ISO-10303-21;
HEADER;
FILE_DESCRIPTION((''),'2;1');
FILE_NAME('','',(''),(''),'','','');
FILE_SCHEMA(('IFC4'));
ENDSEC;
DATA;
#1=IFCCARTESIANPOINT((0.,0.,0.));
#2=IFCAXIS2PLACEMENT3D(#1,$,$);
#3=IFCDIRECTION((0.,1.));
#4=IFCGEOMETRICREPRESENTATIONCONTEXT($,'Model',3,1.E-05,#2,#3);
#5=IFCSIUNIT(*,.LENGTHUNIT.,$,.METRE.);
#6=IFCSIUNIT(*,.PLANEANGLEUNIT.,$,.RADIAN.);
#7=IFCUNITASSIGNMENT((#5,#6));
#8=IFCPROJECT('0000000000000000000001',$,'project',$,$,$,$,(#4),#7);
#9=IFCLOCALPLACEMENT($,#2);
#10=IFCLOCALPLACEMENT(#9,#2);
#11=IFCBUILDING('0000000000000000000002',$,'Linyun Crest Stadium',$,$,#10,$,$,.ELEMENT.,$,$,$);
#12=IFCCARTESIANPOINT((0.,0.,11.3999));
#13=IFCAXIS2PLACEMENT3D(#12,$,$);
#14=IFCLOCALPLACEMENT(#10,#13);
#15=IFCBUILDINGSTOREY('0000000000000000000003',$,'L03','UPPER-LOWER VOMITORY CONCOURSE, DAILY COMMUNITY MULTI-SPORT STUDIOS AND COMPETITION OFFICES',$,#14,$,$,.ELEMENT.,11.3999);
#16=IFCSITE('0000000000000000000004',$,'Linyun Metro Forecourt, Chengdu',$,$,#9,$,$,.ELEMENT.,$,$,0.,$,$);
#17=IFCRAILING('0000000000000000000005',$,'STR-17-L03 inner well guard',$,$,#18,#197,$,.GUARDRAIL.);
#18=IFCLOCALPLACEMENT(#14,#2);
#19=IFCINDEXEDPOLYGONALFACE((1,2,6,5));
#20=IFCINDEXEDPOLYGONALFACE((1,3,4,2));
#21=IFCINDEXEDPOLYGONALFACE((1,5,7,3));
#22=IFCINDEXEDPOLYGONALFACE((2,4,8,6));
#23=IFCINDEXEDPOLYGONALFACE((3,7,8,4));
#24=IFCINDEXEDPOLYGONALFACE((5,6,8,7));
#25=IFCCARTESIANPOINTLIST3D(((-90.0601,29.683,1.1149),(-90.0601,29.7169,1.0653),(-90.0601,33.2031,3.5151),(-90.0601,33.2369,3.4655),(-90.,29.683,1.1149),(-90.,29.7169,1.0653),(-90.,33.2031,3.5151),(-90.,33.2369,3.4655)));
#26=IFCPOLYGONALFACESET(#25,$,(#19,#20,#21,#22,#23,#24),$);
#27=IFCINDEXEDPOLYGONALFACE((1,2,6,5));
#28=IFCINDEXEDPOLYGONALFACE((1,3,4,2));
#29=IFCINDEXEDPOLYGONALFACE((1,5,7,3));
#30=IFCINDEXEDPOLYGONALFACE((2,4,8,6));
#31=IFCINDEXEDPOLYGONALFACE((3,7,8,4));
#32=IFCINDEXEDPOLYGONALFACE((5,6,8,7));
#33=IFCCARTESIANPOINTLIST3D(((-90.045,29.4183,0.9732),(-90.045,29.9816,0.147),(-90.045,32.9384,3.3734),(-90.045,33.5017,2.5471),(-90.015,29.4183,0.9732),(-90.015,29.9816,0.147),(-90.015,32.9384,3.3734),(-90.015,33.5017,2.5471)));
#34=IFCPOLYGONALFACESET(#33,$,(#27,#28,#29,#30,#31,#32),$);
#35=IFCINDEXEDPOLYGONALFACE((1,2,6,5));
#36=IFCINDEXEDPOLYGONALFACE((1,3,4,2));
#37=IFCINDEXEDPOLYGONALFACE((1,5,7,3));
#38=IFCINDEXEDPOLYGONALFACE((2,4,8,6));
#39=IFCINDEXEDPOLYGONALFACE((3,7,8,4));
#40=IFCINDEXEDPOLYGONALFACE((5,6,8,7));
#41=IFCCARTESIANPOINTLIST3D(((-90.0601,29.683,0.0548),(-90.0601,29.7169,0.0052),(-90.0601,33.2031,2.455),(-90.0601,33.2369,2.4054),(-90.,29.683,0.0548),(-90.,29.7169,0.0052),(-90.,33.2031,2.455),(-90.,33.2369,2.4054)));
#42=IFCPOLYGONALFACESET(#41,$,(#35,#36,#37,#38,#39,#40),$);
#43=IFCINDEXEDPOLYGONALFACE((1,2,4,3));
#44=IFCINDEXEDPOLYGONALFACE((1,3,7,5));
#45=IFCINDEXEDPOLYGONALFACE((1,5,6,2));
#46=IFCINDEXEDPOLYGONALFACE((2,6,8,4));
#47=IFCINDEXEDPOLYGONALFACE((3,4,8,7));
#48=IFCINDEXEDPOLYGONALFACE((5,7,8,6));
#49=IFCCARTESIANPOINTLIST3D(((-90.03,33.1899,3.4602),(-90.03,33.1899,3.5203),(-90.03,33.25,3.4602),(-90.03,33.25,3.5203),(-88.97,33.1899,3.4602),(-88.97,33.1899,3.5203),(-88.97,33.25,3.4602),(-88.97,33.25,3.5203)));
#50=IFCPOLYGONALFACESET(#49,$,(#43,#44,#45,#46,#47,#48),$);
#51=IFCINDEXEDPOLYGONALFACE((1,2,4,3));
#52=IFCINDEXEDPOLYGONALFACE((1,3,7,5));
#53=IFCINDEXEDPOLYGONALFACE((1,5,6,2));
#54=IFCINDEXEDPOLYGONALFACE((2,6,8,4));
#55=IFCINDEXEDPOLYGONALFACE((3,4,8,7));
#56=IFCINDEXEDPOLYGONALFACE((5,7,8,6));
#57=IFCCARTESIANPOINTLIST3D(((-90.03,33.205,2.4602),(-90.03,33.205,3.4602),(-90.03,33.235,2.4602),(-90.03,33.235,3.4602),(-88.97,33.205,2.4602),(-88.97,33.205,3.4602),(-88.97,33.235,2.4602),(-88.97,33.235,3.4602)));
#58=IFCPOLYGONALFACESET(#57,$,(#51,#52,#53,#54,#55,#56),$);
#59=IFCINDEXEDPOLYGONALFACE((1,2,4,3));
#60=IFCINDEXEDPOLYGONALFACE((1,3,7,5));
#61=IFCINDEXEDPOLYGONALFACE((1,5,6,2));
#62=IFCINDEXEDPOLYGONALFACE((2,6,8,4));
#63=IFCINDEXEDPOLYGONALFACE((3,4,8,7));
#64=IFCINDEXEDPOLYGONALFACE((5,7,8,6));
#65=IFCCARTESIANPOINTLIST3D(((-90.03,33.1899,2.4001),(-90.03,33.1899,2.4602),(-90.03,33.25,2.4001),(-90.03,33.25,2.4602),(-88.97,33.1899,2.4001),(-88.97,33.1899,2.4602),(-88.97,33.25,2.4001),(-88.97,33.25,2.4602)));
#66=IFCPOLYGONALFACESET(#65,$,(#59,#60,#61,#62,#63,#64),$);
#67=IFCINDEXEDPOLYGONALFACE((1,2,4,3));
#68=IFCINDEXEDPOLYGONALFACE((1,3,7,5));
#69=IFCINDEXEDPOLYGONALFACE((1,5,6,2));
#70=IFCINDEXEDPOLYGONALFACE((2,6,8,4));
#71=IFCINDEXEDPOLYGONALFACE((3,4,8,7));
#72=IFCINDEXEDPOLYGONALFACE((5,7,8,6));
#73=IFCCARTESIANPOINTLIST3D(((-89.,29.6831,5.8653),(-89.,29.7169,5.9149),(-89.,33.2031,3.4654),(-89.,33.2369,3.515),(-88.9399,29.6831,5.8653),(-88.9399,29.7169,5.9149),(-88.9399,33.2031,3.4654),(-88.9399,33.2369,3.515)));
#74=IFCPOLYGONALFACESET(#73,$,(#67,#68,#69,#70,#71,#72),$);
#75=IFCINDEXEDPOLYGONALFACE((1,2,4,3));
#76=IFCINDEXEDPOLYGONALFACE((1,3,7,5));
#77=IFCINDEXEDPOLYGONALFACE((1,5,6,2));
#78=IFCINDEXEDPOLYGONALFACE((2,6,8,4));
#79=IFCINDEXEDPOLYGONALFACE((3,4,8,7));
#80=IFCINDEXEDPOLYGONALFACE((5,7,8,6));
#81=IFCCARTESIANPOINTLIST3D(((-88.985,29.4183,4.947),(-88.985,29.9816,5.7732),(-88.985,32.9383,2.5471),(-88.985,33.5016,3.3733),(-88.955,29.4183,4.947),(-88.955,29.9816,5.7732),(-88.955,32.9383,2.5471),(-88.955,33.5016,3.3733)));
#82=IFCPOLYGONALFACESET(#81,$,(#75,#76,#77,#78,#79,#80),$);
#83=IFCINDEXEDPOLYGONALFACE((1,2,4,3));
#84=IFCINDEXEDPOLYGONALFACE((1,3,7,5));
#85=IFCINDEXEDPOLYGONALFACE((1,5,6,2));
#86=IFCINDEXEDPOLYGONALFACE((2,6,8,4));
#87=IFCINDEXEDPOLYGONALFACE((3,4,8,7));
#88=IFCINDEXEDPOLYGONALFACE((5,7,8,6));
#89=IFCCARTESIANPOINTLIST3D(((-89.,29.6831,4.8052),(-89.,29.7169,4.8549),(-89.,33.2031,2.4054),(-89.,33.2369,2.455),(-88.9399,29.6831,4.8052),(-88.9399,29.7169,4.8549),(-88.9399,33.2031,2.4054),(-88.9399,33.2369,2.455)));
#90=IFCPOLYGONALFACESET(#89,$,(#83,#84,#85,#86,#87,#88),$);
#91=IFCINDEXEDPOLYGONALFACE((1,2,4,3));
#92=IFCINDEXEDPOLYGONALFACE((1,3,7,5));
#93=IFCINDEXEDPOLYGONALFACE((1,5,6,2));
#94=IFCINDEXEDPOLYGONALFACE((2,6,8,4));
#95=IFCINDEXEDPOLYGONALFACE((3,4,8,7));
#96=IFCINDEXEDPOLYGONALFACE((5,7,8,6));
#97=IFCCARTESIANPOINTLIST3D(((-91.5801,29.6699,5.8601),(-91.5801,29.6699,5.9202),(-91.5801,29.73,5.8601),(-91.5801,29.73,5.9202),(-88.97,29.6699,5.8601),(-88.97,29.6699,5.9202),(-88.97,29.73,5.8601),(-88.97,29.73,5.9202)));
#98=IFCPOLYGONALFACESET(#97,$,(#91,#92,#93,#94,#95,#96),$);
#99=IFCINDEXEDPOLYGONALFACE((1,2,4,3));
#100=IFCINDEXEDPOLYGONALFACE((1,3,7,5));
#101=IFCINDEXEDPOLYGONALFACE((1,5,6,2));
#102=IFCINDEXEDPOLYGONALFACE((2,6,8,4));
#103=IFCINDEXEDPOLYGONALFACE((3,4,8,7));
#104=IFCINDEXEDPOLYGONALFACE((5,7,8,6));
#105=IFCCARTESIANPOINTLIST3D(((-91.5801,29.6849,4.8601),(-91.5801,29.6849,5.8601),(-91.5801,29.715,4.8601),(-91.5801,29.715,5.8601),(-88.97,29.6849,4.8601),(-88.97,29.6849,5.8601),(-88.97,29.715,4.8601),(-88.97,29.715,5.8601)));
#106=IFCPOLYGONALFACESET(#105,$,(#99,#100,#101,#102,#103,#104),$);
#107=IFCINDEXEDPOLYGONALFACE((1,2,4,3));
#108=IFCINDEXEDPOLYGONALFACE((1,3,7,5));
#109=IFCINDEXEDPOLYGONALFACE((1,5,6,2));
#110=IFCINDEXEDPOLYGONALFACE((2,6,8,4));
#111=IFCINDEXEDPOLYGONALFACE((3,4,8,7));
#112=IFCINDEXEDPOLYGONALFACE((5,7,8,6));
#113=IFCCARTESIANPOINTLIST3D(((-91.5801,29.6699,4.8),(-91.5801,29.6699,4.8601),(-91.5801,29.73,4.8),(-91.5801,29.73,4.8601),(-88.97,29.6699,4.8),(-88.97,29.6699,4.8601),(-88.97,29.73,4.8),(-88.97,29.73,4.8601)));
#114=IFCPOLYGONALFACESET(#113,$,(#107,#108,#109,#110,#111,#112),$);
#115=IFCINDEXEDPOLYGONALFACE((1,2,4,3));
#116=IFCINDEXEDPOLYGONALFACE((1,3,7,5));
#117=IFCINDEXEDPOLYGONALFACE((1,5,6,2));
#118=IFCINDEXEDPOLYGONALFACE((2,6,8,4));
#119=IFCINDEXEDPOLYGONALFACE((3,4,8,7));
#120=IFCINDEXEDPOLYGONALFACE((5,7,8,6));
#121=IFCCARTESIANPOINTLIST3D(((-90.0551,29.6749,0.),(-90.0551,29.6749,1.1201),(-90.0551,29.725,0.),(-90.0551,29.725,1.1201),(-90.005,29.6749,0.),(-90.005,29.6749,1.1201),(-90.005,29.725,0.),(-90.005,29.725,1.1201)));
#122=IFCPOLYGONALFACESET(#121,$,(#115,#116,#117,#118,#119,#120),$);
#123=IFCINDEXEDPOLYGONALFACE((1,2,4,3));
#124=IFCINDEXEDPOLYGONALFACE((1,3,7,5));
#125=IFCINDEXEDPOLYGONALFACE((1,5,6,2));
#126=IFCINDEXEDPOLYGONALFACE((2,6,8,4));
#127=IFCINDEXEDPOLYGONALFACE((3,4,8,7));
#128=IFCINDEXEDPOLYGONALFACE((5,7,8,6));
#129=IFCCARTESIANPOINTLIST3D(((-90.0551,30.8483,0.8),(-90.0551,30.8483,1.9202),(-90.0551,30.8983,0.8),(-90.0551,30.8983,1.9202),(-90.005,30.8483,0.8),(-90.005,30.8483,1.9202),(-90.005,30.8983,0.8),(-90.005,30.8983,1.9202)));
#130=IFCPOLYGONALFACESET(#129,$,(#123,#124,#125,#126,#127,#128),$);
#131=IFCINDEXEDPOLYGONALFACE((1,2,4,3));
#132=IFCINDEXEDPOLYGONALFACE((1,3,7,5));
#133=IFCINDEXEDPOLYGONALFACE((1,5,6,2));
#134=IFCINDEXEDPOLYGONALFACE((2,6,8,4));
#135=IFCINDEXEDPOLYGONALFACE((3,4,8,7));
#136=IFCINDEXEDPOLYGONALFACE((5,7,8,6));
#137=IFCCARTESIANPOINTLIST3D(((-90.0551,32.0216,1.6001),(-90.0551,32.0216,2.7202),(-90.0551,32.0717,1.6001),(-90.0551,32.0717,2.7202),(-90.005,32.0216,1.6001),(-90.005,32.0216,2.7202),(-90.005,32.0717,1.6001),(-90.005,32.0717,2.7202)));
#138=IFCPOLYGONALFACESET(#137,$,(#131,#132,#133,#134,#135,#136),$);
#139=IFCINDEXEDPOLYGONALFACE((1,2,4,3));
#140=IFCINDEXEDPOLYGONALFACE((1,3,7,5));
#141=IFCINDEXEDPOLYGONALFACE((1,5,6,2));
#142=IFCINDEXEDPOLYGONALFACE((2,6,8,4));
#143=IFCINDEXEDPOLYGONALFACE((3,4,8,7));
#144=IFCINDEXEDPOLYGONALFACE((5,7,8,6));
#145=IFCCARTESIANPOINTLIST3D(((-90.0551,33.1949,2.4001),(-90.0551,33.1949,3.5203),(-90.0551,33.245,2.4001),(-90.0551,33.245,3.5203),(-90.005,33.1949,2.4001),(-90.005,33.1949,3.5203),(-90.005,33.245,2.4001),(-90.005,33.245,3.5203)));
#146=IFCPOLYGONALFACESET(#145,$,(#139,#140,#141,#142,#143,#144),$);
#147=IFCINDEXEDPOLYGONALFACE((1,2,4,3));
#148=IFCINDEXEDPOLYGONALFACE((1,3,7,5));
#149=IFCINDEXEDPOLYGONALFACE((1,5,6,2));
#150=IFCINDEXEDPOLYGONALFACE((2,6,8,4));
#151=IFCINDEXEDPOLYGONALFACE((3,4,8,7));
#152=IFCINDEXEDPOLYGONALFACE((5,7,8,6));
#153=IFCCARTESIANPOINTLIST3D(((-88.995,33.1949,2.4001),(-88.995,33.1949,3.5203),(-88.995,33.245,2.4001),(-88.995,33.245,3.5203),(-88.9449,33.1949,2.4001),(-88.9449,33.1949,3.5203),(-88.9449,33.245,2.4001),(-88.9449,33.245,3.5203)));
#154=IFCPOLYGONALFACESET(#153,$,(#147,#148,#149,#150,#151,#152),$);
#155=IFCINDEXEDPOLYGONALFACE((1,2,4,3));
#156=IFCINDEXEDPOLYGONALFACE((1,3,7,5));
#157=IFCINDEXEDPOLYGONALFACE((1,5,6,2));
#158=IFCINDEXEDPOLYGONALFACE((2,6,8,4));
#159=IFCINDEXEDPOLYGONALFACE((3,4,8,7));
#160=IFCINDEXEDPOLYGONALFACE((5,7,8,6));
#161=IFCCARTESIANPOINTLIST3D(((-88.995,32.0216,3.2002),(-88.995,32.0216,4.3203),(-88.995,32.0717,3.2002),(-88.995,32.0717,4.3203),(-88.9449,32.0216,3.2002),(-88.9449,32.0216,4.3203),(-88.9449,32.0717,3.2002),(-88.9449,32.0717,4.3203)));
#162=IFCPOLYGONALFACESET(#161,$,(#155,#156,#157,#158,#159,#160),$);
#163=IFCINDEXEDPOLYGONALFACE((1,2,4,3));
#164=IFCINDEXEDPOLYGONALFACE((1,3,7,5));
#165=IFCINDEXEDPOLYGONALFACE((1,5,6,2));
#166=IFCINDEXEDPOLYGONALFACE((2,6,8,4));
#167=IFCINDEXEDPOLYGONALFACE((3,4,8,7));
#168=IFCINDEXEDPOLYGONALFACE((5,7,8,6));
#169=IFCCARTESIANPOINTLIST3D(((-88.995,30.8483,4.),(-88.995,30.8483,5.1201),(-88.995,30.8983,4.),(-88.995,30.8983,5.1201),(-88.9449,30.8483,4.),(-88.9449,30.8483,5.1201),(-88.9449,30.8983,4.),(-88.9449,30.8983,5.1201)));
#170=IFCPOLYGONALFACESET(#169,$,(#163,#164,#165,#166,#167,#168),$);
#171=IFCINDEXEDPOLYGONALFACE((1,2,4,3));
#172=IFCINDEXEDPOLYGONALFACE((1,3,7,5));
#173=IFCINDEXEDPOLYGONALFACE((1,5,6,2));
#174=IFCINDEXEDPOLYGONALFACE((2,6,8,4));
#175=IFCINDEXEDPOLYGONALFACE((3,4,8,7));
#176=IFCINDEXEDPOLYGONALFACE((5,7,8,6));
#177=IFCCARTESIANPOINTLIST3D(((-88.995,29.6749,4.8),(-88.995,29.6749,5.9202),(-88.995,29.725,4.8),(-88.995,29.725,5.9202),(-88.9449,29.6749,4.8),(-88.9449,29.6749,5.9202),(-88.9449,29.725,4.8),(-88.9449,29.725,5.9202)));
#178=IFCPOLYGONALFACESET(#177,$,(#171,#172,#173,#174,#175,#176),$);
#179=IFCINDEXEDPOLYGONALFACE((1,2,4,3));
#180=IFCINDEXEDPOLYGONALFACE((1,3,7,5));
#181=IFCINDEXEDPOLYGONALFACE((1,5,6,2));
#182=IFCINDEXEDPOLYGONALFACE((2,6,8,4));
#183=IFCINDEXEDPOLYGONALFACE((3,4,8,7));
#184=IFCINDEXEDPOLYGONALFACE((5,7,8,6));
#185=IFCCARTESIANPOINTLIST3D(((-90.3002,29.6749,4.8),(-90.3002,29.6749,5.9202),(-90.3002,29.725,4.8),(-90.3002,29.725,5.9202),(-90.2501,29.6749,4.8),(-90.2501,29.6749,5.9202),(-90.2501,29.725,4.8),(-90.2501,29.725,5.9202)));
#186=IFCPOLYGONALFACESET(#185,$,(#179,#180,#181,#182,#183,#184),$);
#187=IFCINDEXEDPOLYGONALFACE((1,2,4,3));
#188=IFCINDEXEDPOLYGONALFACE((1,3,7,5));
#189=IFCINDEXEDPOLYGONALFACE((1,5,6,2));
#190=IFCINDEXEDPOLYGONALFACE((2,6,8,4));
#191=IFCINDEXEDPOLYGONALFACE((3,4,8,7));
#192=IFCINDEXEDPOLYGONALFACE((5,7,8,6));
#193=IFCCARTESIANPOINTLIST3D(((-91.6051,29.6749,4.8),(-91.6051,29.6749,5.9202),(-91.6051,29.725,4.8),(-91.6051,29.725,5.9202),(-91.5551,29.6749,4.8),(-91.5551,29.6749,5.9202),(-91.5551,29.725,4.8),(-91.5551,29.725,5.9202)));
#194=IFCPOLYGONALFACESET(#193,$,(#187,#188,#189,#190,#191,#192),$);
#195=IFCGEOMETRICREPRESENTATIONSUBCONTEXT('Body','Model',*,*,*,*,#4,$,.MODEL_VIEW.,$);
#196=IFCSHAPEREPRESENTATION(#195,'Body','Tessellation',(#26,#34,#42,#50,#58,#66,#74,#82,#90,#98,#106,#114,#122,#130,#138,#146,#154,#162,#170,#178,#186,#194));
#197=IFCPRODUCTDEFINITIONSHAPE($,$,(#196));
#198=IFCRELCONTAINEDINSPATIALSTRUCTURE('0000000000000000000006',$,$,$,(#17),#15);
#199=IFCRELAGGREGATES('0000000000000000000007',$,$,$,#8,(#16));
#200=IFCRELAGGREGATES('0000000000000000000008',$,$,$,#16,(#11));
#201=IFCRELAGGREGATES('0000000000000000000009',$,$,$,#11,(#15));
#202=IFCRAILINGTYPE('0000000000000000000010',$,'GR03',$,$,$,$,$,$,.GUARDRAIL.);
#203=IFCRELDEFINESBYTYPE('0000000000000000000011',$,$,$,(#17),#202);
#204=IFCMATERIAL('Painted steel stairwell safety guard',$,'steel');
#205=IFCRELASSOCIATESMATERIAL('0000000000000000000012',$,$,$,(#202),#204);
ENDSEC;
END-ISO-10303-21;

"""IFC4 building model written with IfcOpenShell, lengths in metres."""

from ifc_helpers import new_model, si_unit, direction, frame, origin, origin_2d, place, context, subcontext, project, spatial, rectangle, extrude, material, type_object, element, save


model = new_model("IFC4")

# Units and contexts
model_context = context("Model", 3, precision=1e-05, world=origin(), true_north=direction((0.0, 1.0)))
body_context = subcontext(model_context, "Body", "Model", "MODEL_VIEW")
ifc_project = project(units=[si_unit("LENGTHUNIT", "METRE"), si_unit("PLANEANGLEUNIT", "RADIAN")], contexts=[model_context])

# Site, building, storey
site_placement = place(None, origin())
site = spatial("IfcSite", under=ifc_project, at=site_placement, Name="Linyun Metro Forecourt, Chengdu", CompositionType="ELEMENT", RefElevation=0.0)
building_placement = place(site_placement, origin())
building = spatial("IfcBuilding", under=site, at=building_placement, Name="Linyun Crest Stadium", CompositionType="ELEMENT")
storey_placement = place(building_placement, frame((0.0, 0.0, 11.3999)))
storey = spatial("IfcBuildingStorey", under=building, at=storey_placement, Name="L03", Description="UPPER-LOWER VOMITORY CONCOURSE, DAILY COMMUNITY MULTI-SPORT STUDIOS AND COMPETITION OFFICES", CompositionType="ELEMENT", Elevation=11.3999)

# Railing
ifc_material_1 = material(Name="Painted steel stairwell safety guard", Category="steel")
railing_type_1 = type_object("IfcRailingType", Name="GR03", PredefinedType="GUARDRAIL", material=ifc_material_1)
railing_1_placement = place(storey_placement, frame((-90.03, 29.7, 0.0)))
element("IfcRailing", 1, at=railing_1_placement, inside=storey, type_object=railing_type_1, Name="STR-17-L03 inner well guard", PredefinedType="GUARDRAIL", context=body_context, shape_type="SweptSolid", body=[
    extrude(rectangle(XDim=0.0601, YDim=0.0601, at=origin_2d()), frame((0.0, 0.0, 1.0901), z_axis=(0.0, 0.826213, 0.563358), x_axis=(-1.0, 0.0, 0.0)), (0.0, 0.0, 1.0), 4.2605),
    extrude(rectangle(XDim=0.03, YDim=1.0, at=origin_2d()), frame((0.0, 0.0, 0.5601), z_axis=(0.0, 0.826213, 0.563358), x_axis=(-1.0, 0.0, 0.0)), (0.0, 0.0, 1.0), 4.2605),
    extrude(rectangle(XDim=0.0601, YDim=0.0601, at=origin_2d()), frame((0.0, 0.0, 0.03), z_axis=(0.0, 0.826213, 0.563358), x_axis=(-1.0, 0.0, 0.0)), (0.0, 0.0, 1.0), 4.2605),
    extrude(rectangle(XDim=0.0601, YDim=0.0601, at=origin_2d()), frame((0.0, 3.52, 3.4902), z_axis=(1.0, 0.0, 0.0), x_axis=(0.0, 1.0, 0.0)), (0.0, 0.0, 1.0), 1.0601),
    extrude(rectangle(XDim=0.03, YDim=1.0, at=origin_2d()), frame((0.0, 3.52, 2.9602), z_axis=(1.0, 0.0, 0.0), x_axis=(0.0, 1.0, 0.0)), (0.0, 0.0, 1.0), 1.0601),
    extrude(rectangle(XDim=0.0601, YDim=0.0601, at=origin_2d()), frame((0.0, 3.52, 2.4302), z_axis=(1.0, 0.0, 0.0), x_axis=(0.0, 1.0, 0.0)), (0.0, 0.0, 1.0), 1.0601),
    extrude(rectangle(XDim=0.0601, YDim=0.0601, at=origin_2d()), frame((1.0601, 3.52, 3.4902), z_axis=(0.0, -0.826239, 0.563319), x_axis=(1.0, 0.0, 0.0)), (0.0, 0.0, 1.0), 4.2603),
    extrude(rectangle(XDim=0.03, YDim=1.0, at=origin_2d()), frame((1.0601, 3.52, 2.9602), z_axis=(0.0, -0.826239, 0.563319), x_axis=(1.0, 0.0, 0.0)), (0.0, 0.0, 1.0), 4.2603),
    extrude(rectangle(XDim=0.0601, YDim=0.0601, at=origin_2d()), frame((1.0601, 3.52, 2.4302), z_axis=(0.0, -0.826239, 0.563319), x_axis=(1.0, 0.0, 0.0)), (0.0, 0.0, 1.0), 4.2603),
    extrude(rectangle(XDim=0.0601, YDim=0.0601, at=origin_2d()), frame((1.0601, 0.0, 5.8901), z_axis=(-1.0, 0.0, 0.0), x_axis=(0.0, -1.0, 0.0)), (0.0, 0.0, 1.0), 2.6101),
    extrude(rectangle(XDim=0.03, YDim=1.0, at=origin_2d()), frame((1.0601, 0.0, 5.3601), z_axis=(-1.0, 0.0, 0.0), x_axis=(0.0, -1.0, 0.0)), (0.0, 0.0, 1.0), 2.6101),
    extrude(rectangle(XDim=0.0601, YDim=0.0601, at=origin_2d()), frame((1.0601, 0.0, 4.8301), z_axis=(-1.0, 0.0, 0.0), x_axis=(0.0, -1.0, 0.0)), (0.0, 0.0, 1.0), 2.6101),
    extrude(rectangle(XDim=0.05, YDim=0.05, at=origin_2d()), origin(), (0.0, 0.0, 1.0), 1.1201),
    extrude(rectangle(XDim=0.05, YDim=0.05, at=origin_2d()), frame((0.0, 1.1733, 0.8)), (0.0, 0.0, 1.0), 1.1201),
    extrude(rectangle(XDim=0.05, YDim=0.05, at=origin_2d()), frame((0.0, 2.3467, 1.6001)), (0.0, 0.0, 1.0), 1.1201),
    extrude(rectangle(XDim=0.05, YDim=0.05, at=origin_2d()), frame((0.0, 3.52, 2.4001)), (0.0, 0.0, 1.0), 1.1201),
    extrude(rectangle(XDim=0.05, YDim=0.05, at=origin_2d()), frame((1.0601, 3.52, 2.4001)), (0.0, 0.0, 1.0), 1.1201),
    extrude(rectangle(XDim=0.05, YDim=0.05, at=origin_2d()), frame((1.0601, 2.3467, 3.2002)), (0.0, 0.0, 1.0), 1.1201),
    extrude(rectangle(XDim=0.05, YDim=0.05, at=origin_2d()), frame((1.0601, 1.1733, 4.0)), (0.0, 0.0, 1.0), 1.1201),
    extrude(rectangle(XDim=0.05, YDim=0.05, at=origin_2d()), frame((1.0601, 0.0, 4.8)), (0.0, 0.0, 1.0), 1.1201),
    extrude(rectangle(XDim=0.05, YDim=0.05, at=origin_2d()), frame((-0.2451, 0.0, 4.8)), (0.0, 0.0, 1.0), 1.1201),
    extrude(rectangle(XDim=0.05, YDim=0.05, at=origin_2d()), frame((-1.55, 0.0, 4.8)), (0.0, 0.0, 1.0), 1.1201),
])

save(model, "model.ifc")
